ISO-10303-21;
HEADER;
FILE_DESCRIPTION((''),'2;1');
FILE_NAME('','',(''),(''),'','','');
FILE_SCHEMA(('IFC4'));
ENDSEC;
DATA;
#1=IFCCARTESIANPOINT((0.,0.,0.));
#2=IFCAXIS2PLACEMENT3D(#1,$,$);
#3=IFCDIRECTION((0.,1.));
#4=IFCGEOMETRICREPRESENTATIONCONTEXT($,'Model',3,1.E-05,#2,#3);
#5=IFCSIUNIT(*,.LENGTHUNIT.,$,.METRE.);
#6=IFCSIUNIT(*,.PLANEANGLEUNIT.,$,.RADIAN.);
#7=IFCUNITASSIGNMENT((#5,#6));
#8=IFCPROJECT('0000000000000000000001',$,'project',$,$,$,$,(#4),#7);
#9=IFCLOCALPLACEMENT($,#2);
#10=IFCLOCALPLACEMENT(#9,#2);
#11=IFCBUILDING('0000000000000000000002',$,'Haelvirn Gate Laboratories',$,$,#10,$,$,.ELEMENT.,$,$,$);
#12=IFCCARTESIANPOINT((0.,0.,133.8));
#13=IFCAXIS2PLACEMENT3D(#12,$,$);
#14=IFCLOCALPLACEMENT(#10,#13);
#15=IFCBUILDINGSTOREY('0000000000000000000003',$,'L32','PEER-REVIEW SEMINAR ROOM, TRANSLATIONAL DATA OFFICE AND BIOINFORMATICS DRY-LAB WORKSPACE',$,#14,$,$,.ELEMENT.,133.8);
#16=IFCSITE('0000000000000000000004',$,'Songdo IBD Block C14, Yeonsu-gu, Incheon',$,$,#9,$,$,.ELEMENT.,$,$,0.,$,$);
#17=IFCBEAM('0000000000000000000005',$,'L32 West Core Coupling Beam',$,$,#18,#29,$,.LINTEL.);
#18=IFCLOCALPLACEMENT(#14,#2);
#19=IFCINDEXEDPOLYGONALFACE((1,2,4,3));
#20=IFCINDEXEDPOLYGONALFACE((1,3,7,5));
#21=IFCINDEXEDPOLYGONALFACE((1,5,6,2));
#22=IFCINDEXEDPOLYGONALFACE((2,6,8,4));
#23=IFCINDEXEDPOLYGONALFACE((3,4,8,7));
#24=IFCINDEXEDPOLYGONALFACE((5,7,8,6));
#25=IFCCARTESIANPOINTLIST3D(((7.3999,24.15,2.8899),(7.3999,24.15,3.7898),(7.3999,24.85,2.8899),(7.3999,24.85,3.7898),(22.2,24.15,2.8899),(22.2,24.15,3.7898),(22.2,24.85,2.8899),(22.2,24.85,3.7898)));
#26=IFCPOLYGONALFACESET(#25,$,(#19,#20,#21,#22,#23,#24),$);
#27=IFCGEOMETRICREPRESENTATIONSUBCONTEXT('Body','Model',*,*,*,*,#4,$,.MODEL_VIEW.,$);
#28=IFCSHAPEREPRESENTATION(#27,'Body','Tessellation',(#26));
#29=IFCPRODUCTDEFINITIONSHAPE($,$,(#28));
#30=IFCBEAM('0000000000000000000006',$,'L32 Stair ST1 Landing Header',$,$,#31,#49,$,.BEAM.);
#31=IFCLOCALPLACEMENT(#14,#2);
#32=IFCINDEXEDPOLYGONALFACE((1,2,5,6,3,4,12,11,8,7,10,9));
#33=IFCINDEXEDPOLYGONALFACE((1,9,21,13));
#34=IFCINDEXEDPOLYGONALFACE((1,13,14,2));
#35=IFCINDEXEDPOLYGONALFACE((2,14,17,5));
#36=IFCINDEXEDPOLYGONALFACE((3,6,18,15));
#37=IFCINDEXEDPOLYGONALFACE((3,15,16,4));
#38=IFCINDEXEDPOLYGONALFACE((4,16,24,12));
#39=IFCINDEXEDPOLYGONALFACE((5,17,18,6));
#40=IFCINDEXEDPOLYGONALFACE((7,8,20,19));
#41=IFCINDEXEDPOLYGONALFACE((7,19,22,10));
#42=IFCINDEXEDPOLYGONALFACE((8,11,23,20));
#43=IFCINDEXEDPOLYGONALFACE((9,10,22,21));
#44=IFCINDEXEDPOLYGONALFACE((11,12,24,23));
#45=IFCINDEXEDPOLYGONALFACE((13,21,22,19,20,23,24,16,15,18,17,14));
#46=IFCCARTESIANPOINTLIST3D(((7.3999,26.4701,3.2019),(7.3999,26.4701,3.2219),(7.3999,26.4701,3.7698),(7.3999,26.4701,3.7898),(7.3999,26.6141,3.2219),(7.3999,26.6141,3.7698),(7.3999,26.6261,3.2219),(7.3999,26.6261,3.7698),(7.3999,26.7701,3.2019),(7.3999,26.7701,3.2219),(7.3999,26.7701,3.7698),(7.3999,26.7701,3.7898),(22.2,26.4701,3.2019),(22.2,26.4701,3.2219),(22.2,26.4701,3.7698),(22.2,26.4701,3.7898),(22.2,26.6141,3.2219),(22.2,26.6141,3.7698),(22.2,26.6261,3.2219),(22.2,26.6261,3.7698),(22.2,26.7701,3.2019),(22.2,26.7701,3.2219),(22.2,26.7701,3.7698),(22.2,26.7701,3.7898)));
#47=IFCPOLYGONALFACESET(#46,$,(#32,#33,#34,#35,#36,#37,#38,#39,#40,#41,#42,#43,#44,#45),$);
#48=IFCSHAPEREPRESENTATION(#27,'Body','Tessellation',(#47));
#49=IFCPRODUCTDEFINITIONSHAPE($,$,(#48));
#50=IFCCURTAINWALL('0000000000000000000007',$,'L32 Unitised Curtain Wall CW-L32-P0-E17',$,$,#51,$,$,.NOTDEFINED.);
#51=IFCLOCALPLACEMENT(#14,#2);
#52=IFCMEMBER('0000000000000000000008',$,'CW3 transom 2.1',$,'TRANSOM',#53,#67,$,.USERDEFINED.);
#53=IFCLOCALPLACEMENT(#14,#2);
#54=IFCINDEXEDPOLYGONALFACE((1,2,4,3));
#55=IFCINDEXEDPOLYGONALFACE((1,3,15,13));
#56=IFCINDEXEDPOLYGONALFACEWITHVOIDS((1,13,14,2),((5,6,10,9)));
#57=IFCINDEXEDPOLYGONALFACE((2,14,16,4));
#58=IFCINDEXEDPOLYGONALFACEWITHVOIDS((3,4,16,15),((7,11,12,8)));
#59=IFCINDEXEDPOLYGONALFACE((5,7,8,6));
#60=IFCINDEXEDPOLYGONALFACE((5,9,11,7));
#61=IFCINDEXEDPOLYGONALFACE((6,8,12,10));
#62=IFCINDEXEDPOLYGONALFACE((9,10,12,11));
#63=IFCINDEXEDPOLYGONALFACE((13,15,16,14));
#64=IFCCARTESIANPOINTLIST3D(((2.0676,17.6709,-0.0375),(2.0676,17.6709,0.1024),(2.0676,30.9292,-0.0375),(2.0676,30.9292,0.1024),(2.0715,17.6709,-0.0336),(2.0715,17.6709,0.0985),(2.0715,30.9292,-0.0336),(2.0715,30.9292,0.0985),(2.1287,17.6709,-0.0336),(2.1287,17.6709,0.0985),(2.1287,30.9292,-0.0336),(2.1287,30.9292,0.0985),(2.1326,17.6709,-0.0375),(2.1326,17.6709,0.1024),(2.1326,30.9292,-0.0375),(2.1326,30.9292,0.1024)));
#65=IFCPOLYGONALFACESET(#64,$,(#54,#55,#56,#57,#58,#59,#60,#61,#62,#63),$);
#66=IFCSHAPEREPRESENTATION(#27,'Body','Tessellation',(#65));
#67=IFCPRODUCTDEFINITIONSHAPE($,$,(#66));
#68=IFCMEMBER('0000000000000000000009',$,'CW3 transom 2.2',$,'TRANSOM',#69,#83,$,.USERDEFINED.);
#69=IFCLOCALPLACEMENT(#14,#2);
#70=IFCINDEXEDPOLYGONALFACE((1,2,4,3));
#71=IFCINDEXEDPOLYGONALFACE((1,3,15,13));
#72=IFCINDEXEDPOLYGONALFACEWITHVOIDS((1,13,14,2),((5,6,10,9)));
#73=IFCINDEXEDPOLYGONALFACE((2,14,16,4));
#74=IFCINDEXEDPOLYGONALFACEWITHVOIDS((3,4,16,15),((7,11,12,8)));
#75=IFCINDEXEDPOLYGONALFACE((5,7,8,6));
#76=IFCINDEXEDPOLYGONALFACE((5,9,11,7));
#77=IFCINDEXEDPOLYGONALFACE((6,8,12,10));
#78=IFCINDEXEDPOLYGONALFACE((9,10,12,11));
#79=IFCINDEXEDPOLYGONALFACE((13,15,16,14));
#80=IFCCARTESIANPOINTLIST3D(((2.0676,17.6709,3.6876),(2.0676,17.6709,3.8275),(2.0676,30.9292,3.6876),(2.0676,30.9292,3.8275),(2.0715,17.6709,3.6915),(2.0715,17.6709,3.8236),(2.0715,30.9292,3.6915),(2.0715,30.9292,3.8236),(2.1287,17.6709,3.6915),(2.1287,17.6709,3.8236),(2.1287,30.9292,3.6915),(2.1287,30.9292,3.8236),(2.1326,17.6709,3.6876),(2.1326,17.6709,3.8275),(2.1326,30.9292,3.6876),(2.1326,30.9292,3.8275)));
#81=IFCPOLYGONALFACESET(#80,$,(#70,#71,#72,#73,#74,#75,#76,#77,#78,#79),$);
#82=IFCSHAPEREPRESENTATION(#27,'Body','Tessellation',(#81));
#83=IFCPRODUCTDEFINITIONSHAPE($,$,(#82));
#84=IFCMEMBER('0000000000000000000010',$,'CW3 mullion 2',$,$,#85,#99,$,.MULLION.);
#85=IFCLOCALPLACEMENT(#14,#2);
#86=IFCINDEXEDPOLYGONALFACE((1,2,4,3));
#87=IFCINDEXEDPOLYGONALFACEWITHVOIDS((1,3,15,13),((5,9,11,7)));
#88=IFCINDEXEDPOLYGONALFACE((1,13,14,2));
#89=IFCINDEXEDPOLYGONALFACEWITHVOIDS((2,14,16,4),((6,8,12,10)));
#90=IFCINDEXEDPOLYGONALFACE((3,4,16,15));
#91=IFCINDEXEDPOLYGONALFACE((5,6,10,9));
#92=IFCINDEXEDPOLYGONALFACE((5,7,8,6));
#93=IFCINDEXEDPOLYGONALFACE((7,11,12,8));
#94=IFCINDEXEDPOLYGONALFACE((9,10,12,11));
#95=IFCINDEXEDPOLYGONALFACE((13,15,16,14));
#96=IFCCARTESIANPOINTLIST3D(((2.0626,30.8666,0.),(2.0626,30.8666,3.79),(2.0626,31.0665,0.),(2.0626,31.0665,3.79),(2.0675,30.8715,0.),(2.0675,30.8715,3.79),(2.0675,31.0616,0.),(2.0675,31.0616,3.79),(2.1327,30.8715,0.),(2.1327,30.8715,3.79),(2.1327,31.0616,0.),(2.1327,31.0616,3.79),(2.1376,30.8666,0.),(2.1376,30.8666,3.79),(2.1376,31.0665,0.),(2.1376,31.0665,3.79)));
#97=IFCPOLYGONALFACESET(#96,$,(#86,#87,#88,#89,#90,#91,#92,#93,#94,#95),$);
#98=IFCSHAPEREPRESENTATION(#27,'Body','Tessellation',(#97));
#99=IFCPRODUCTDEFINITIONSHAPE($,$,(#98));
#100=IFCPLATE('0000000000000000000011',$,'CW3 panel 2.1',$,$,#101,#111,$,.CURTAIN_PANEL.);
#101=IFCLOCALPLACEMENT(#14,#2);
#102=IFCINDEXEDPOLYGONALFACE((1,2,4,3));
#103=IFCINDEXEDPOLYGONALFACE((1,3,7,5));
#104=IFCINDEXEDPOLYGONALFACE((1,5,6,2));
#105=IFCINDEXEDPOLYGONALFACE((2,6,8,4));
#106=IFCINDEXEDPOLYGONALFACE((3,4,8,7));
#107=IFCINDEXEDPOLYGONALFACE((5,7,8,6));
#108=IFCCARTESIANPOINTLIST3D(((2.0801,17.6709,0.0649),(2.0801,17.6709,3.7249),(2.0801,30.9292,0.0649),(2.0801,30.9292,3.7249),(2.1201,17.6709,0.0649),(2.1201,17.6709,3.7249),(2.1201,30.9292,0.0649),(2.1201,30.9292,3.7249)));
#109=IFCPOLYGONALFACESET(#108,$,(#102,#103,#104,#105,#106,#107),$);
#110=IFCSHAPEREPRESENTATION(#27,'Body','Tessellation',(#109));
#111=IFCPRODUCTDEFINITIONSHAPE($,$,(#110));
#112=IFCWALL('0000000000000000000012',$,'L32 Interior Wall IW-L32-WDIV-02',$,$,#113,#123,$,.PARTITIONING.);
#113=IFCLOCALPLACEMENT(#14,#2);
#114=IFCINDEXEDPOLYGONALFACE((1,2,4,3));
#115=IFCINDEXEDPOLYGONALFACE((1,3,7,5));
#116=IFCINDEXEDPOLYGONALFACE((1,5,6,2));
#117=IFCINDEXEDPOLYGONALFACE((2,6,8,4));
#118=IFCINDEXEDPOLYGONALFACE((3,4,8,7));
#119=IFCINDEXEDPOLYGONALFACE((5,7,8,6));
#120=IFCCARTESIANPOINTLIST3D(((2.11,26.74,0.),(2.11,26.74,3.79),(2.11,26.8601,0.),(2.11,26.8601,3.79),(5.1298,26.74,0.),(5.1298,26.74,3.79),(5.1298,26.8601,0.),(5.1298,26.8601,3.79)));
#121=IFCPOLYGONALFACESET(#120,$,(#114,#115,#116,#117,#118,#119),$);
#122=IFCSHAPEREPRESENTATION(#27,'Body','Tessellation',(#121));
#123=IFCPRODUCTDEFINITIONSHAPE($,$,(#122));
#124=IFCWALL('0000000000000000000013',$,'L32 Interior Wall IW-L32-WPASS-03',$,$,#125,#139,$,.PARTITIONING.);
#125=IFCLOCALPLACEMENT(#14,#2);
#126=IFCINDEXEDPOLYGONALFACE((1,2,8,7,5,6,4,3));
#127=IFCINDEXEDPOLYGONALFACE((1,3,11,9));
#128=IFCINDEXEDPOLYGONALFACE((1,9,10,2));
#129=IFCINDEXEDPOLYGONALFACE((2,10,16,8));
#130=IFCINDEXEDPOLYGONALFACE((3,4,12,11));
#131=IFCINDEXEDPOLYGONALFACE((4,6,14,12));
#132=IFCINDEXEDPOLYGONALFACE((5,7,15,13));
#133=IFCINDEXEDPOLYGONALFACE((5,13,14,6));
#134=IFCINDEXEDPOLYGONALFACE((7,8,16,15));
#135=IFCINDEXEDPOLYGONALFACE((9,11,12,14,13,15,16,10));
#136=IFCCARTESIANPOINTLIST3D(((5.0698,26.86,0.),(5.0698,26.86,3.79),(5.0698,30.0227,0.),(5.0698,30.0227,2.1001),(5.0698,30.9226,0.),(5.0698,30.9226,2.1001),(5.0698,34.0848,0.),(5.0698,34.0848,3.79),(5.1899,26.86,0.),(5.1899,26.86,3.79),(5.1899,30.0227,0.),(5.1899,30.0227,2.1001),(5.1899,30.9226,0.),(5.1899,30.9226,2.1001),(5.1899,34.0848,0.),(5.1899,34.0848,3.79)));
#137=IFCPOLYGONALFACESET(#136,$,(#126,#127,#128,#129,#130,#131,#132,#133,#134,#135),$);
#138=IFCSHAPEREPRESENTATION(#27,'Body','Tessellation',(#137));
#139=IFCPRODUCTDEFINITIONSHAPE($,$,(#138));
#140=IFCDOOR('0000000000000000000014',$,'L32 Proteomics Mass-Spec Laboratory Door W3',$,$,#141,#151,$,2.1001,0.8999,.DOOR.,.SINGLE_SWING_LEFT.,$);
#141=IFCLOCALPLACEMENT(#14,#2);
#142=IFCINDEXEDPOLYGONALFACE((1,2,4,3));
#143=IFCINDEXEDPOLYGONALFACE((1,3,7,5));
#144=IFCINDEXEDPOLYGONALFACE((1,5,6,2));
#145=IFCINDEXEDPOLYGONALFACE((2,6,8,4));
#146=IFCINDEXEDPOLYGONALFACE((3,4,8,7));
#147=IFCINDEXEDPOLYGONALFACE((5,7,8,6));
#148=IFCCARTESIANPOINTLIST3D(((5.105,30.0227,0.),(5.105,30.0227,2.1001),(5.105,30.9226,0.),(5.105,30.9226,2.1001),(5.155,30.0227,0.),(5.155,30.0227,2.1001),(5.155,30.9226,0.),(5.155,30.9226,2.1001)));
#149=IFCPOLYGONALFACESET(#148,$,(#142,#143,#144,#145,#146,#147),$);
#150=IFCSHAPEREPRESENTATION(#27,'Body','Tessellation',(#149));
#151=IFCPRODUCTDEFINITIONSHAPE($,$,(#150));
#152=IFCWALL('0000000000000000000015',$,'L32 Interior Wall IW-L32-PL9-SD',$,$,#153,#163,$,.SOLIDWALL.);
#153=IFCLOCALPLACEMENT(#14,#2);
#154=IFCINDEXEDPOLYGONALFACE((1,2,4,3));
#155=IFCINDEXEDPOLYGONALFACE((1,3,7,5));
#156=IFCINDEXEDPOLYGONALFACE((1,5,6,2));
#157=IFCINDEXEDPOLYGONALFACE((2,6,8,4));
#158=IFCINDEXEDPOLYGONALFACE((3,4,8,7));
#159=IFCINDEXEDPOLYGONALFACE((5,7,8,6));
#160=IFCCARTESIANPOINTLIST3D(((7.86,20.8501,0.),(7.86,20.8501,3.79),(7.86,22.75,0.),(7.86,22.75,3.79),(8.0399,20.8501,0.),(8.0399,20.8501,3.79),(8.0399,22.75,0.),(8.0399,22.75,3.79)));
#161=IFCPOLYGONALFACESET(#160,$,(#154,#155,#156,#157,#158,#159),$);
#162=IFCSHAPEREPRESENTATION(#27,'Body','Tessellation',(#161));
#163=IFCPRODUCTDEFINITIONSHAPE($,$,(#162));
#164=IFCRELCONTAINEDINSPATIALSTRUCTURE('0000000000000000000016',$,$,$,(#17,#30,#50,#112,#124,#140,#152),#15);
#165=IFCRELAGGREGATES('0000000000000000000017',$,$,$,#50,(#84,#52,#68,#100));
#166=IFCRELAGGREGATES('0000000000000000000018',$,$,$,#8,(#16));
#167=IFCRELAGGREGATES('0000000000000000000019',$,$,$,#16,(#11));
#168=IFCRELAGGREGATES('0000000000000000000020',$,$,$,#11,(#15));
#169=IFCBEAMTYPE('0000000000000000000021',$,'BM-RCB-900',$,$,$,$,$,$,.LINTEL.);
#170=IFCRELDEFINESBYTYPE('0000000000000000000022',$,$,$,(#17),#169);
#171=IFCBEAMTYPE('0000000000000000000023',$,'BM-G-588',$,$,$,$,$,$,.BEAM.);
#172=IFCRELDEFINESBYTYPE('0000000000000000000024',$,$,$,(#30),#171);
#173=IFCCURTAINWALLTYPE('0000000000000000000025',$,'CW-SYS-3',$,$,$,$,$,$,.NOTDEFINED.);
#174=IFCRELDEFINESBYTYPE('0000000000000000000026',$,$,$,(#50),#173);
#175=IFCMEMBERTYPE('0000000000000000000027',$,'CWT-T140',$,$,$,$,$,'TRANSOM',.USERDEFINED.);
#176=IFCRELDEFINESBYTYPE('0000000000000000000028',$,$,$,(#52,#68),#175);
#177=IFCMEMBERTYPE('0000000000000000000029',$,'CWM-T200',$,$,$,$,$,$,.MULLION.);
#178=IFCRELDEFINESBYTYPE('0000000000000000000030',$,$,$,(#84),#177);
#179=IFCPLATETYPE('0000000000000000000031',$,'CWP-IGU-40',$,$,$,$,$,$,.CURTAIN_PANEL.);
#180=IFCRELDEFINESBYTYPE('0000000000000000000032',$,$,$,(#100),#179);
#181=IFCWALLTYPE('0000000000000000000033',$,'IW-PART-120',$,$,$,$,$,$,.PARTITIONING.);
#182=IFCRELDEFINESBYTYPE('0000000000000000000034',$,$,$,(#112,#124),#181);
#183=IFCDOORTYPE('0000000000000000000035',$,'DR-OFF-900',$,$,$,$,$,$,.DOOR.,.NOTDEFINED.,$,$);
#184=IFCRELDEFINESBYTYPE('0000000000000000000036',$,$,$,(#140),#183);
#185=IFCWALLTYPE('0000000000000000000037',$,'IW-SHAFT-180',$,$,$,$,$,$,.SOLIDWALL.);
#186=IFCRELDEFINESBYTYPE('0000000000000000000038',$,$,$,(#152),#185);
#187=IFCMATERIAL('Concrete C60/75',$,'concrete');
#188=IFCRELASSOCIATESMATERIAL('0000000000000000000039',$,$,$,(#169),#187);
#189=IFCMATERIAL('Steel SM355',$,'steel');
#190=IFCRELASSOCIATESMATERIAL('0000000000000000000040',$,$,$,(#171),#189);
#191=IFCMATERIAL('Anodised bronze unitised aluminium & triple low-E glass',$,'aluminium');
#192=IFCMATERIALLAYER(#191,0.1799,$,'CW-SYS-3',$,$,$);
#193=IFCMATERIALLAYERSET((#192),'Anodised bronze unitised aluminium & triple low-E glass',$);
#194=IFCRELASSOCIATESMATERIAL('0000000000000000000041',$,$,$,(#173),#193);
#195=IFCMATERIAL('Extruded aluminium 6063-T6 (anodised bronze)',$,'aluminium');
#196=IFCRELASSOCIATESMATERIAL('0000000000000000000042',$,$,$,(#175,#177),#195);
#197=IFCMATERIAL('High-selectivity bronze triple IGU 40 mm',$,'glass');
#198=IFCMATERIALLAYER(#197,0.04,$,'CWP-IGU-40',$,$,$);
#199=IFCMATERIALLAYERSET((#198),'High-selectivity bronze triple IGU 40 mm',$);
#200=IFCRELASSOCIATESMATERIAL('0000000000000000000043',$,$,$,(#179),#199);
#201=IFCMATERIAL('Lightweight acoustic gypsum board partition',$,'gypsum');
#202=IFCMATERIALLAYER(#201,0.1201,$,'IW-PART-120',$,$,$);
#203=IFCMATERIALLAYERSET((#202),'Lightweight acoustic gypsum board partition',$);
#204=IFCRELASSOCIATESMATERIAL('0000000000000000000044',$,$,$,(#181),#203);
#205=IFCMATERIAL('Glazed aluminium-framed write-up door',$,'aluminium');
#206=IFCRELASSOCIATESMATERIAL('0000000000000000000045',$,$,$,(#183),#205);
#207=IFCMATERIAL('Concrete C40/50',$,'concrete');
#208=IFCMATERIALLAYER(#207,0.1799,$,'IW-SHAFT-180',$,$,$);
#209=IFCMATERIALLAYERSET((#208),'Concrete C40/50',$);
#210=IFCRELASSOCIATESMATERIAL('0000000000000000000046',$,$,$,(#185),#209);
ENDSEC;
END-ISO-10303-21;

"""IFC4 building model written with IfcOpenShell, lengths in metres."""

from ifc_helpers import new_model, si_unit, direction, frame, frame_2d, origin, origin_2d, place, context, subcontext, project, spatial, rectangle, hollow_rectangle, i_section, extrude, source, transform, mapped, material, layer, layer_set, material_profile, profile_set, type_object, type_shapes, element, fill, aggregate, save


model = new_model("IFC4")

# Units and contexts
model_context = context("Model", 3, precision=1e-05, world=origin(), true_north=direction((0.0, 1.0)))
body_context = subcontext(model_context, "Body", "Model", "MODEL_VIEW")
ifc_project = project(units=[si_unit("LENGTHUNIT", "METRE"), si_unit("PLANEANGLEUNIT", "RADIAN")], contexts=[model_context])

# Site, building, storey
site_placement = place(None, origin())
site = spatial("IfcSite", under=ifc_project, at=site_placement, Name="Songdo IBD Block C14, Yeonsu-gu, Incheon", CompositionType="ELEMENT", RefElevation=0.0)
building_placement = place(site_placement, origin())
building = spatial("IfcBuilding", under=site, at=building_placement, Name="Haelvirn Gate Laboratories", CompositionType="ELEMENT")
storey_placement = place(building_placement, frame((0.0, 0.0, 133.8)))
storey = spatial("IfcBuildingStorey", under=building, at=storey_placement, Name="L32", Description="PEER-REVIEW SEMINAR ROOM, TRANSLATIONAL DATA OFFICE AND BIOINFORMATICS DRY-LAB WORKSPACE", CompositionType="ELEMENT", Elevation=133.8)

# Beams
ifc_material_1 = material(Name="Concrete C60/75", Category="concrete")
ifc_material_profile_1 = material_profile(ifc_material_1, rectangle(XDim=0.7, YDim=0.8999, at=origin_2d()), Name="RCB-700x900")
ifc_profile_set_1 = profile_set([ifc_material_profile_1], Name="Concrete C60/75")
beam_type_1 = type_object("IfcBeamType", Name="BM-RCB-900", PredefinedType="LINTEL", material=ifc_profile_set_1)
shared_shape_1 = source(origin(), body_context, "Body", "SweptSolid", [
    extrude(rectangle(XDim=0.7, YDim=0.8999, at=origin_2d()), origin(), (0.0, 0.0, 1.0), 14.8),
])
type_shapes(beam_type_1, [shared_shape_1])
beam_1_placement = place(storey_placement, frame((7.3999, 24.5, 3.3398), z_axis=(1.0, 0.0, 0.0), x_axis=(0.0, 1.0, 0.0)))
element("IfcBeam", 1, at=beam_1_placement, inside=storey, type_object=beam_type_1, Name="L32 West Core Coupling Beam", PredefinedType="LINTEL", context=body_context, shape_type="MappedRepresentation", body=[
    mapped(shared_shape_1, transform((0.0, 0.0, 0.0), scale=1.0)),
])
ifc_material_2 = material(Name="Steel SM355", Category="steel")
ifc_material_profile_2 = material_profile(ifc_material_2, i_section(OverallWidth=0.3, OverallDepth=0.5879, WebThickness=0.012, FlangeThickness=0.02, at=origin_2d()), Name="H-588x300x12x20")
ifc_profile_set_2 = profile_set([ifc_material_profile_2], Name="Steel SM355")
beam_type_2 = type_object("IfcBeamType", Name="BM-G-588", PredefinedType="BEAM", material=ifc_profile_set_2)
shared_shape_2 = source(origin(), body_context, "Body", "SweptSolid", [
    extrude(i_section(OverallWidth=0.3, OverallDepth=0.5879, WebThickness=0.012, FlangeThickness=0.02, at=origin_2d()), origin(), (0.0, 0.0, 1.0), 14.8),
])
type_shapes(beam_type_2, [shared_shape_2])
beam_2_placement = place(storey_placement, frame((7.3999, 26.6201, 3.4958), z_axis=(1.0, 0.0, 0.0), x_axis=(0.0, 1.0, 0.0)))
element("IfcBeam", 2, at=beam_2_placement, inside=storey, type_object=beam_type_2, Name="L32 Stair ST1 Landing Header", PredefinedType="BEAM", context=body_context, shape_type="MappedRepresentation", body=[
    mapped(shared_shape_2, transform((0.0, 0.0, 0.0), scale=1.0)),
])

# Curtain wall, members, plate
ifc_material_3 = material(Name="Anodised bronze unitised aluminium & triple low-E glass", Category="aluminium")
ifc_layer_1 = layer(ifc_material_3, 0.1799, Name="CW-SYS-3")
ifc_layer_set_1 = layer_set([ifc_layer_1], Name="Anodised bronze unitised aluminium & triple low-E glass")
curtain_wall_type = type_object("IfcCurtainWallType", Name="CW-SYS-3", PredefinedType="NOTDEFINED", material=ifc_layer_set_1)
curtain_wall_placement = place(storey_placement, origin())
curtain_wall = element("IfcCurtainWall", 3, at=curtain_wall_placement, inside=storey, type_object=curtain_wall_type, Name="L32 Unitised Curtain Wall CW-L32-P0-E17", PredefinedType="NOTDEFINED")
ifc_material_4 = material(Name="Extruded aluminium 6063-T6 (anodised bronze)", Category="aluminium")
ifc_material_profile_3 = material_profile(ifc_material_4, hollow_rectangle(XDim=0.0649, YDim=0.1399, WallThickness=0.0039, at=origin_2d()), Name="CWT-140x65x4")
ifc_profile_set_3 = profile_set([ifc_material_profile_3], Name="Extruded aluminium 6063-T6 (anodised bronze)")
member_type_1 = type_object("IfcMemberType", Name="CWT-T140", ElementType="TRANSOM", PredefinedType="USERDEFINED", material=ifc_profile_set_3)
shared_shape_3 = source(origin(), body_context, "Body", "SweptSolid", [
    extrude(hollow_rectangle(XDim=0.0649, YDim=0.1399, WallThickness=0.0039, at=origin_2d()), origin(), (0.0, 0.0, 1.0), 13.2583),
])
type_shapes(member_type_1, [shared_shape_3])
member_1_placement = place(storey_placement, frame((2.1001, 30.9292, 0.0325), z_axis=(0.0, -1.0, 0.0), x_axis=(1.0, 0.0, 0.0)))
member_1 = element("IfcMember", 4, at=member_1_placement, type_object=member_type_1, Name="CW3 transom 2.1", ObjectType="TRANSOM", PredefinedType="USERDEFINED", context=body_context, shape_type="MappedRepresentation", body=[
    mapped(shared_shape_3, transform((0.0, 0.0, 0.0), scale=1.0)),
])
member_2_placement = place(storey_placement, frame((2.1001, 30.9292, 3.7576), z_axis=(0.0, -1.0, 0.0), x_axis=(1.0, 0.0, 0.0)))
member_2 = element("IfcMember", 5, at=member_2_placement, type_object=member_type_1, Name="CW3 transom 2.2", ObjectType="TRANSOM", PredefinedType="USERDEFINED", context=body_context, shape_type="MappedRepresentation", body=[
    mapped(shared_shape_3, transform((0.0, 0.0, 0.0), scale=1.0)),
])
ifc_material_profile_4 = material_profile(ifc_material_4, hollow_rectangle(XDim=0.075, YDim=0.2, WallThickness=0.0049, at=origin_2d()), Name="CWM-200x75x5")
ifc_profile_set_4 = profile_set([ifc_material_profile_4], Name="Extruded aluminium 6063-T6 (anodised bronze)")
member_type_2 = type_object("IfcMemberType", Name="CWM-T200", PredefinedType="MULLION", material=ifc_profile_set_4)
shared_shape_4 = source(origin(), body_context, "Body", "SweptSolid", [
    extrude(hollow_rectangle(XDim=0.075, YDim=0.2, WallThickness=0.0049, at=origin_2d()), origin(), (0.0, 0.0, 1.0), 3.79),
])
type_shapes(member_type_2, [shared_shape_4])
member_3_placement = place(storey_placement, frame((2.1001, 30.9666, 0.0), z_axis=(0.0, 0.0, 1.0), x_axis=(1.0, 0.0, 0.0)))
member_3 = element("IfcMember", 6, at=member_3_placement, type_object=member_type_2, Name="CW3 mullion 2", PredefinedType="MULLION", context=body_context, shape_type="MappedRepresentation", body=[
    mapped(shared_shape_4, transform((0.0, 0.0, 0.0), scale=1.0)),
])
ifc_material_5 = material(Name="High-selectivity bronze triple IGU 40 mm", Category="glass")
ifc_layer_2 = layer(ifc_material_5, 0.04, Name="CWP-IGU-40")
ifc_layer_set_2 = layer_set([ifc_layer_2], Name="High-selectivity bronze triple IGU 40 mm")
plate_type = type_object("IfcPlateType", Name="CWP-IGU-40", PredefinedType="CURTAIN_PANEL", material=ifc_layer_set_2)
shared_shape_5 = source(origin(), body_context, "Body", "SweptSolid", [
    extrude(rectangle(XDim=13.2583, YDim=0.04, at=origin_2d()), origin(), (0.0, 0.0, 1.0), 3.6599),
])
type_shapes(plate_type, [shared_shape_5])
plate_placement = place(storey_placement, frame((2.1001, 24.3, 0.0649), z_axis=(0.0, 0.0, 1.0), x_axis=(0.0, -1.0, 0.0)))
plate = element("IfcPlate", 7, at=plate_placement, type_object=plate_type, Name="CW3 panel 2.1", PredefinedType="CURTAIN_PANEL", context=body_context, shape_type="MappedRepresentation", body=[
    mapped(shared_shape_5, transform((0.0, 0.0, 0.0), scale=1.0)),
])
aggregate(curtain_wall, [member_3, member_1, member_2, plate])

# Wall
ifc_material_6 = material(Name="Lightweight acoustic gypsum board partition", Category="gypsum")
ifc_layer_3 = layer(ifc_material_6, 0.1201, Name="IW-PART-120")
ifc_layer_set_3 = layer_set([ifc_layer_3], Name="Lightweight acoustic gypsum board partition")
wall_type_1 = type_object("IfcWallType", Name="IW-PART-120", PredefinedType="PARTITIONING", material=ifc_layer_set_3)
wall_1_placement = place(storey_placement, frame((2.1101, 26.8, 0.0), z_axis=(0.0, 0.0, 1.0), x_axis=(1.0, 0.0, 0.0)))
element("IfcWall", 8, at=wall_1_placement, inside=storey, type_object=wall_type_1, Name="L32 Interior Wall IW-L32-WDIV-02", PredefinedType="PARTITIONING", context=body_context, shape_type="SweptSolid", body=[
    extrude(rectangle(XDim=3.0198, YDim=0.1201, at=frame_2d((1.5098, 0.0))), origin(), (0.0, 0.0, 1.0), 3.79),
])

# Wall, opening, door
wall_2_placement = place(storey_placement, frame((5.1299, 26.8601, 0.0), z_axis=(0.0, 0.0, 1.0), x_axis=(0.0, 1.0, 0.0)))
wall_2 = element("IfcWall", 9, at=wall_2_placement, inside=storey, type_object=wall_type_1, Name="L32 Interior Wall IW-L32-WPASS-03", PredefinedType="PARTITIONING", context=body_context, shape_type="SweptSolid", body=[
    extrude(rectangle(XDim=7.2249, YDim=0.1201, at=frame_2d((3.6123, 0.0))), origin(), (0.0, 0.0, 1.0), 3.79),
])
opening_placement = place(wall_2_placement, frame((3.1626, 0.0, 0.0)))
opening = element("IfcOpeningElement", 10, at=opening_placement, cuts=wall_2, PredefinedType="OPENING", context=body_context, shape_type="SweptSolid", body=[
    extrude(rectangle(XDim=0.8999, YDim=2.1001, at=frame_2d((0.45, 1.05))), frame((0.0, 0.0701, 0.0), z_axis=(0.0, -1.0, 0.0), x_axis=(1.0, 0.0, 0.0)), (0.0, 0.0, 1.0), 0.1401),
])
ifc_material_7 = material(Name="Glazed aluminium-framed write-up door", Category="aluminium")
door_type = type_object("IfcDoorType", Name="DR-OFF-900", OperationType="NOTDEFINED", PredefinedType="DOOR", material=ifc_material_7)
shared_shape_6 = source(origin(), body_context, "Body", "SweptSolid", [
    extrude(rectangle(XDim=0.8999, YDim=2.1001, at=frame_2d((0.45, 1.05))), frame((0.0, 0.0249, 0.0), z_axis=(0.0, -1.0, 0.0), x_axis=(1.0, 0.0, 0.0)), (0.0, 0.0, 1.0), 0.05),
])
type_shapes(door_type, [shared_shape_6])
door_placement = place(opening_placement, origin())
door = element("IfcDoor", 11, at=door_placement, inside=storey, type_object=door_type, Name="L32 Proteomics Mass-Spec Laboratory Door W3", OperationType="SINGLE_SWING_LEFT", OverallHeight=2.1001, OverallWidth=0.8999, PredefinedType="DOOR", context=body_context, shape_type="MappedRepresentation", body=[
    mapped(shared_shape_6, transform((0.0, 0.0, 0.0), scale=1.0)),
])
fill(opening, door)

# Wall
ifc_material_8 = material(Name="Concrete C40/50", Category="concrete")
ifc_layer_4 = layer(ifc_material_8, 0.1799, Name="IW-SHAFT-180")
ifc_layer_set_4 = layer_set([ifc_layer_4], Name="Concrete C40/50")
wall_type_2 = type_object("IfcWallType", Name="IW-SHAFT-180", PredefinedType="SOLIDWALL", material=ifc_layer_set_4)
for number, where, z_axis, x_axis, name in (
    (12, (7.95, 20.8501, 0.0), (0.0, 0.0, 1.0), (0.0, 1.0, 0.0), "L32 Interior Wall IW-L32-PL9-SD"),
):
    element("IfcWall", number, at=place(storey_placement, frame(where, z_axis=z_axis, x_axis=x_axis)), inside=storey, type_object=wall_type_2, Name=name, PredefinedType="SOLIDWALL", context=body_context, shape_type="SweptSolid", body=[
        extrude(rectangle(XDim=1.8999, YDim=0.1799, at=frame_2d((0.95, 0.0))), origin(), (0.0, 0.0, 1.0), 3.79),
    ])

save(model, "model.ifc")
